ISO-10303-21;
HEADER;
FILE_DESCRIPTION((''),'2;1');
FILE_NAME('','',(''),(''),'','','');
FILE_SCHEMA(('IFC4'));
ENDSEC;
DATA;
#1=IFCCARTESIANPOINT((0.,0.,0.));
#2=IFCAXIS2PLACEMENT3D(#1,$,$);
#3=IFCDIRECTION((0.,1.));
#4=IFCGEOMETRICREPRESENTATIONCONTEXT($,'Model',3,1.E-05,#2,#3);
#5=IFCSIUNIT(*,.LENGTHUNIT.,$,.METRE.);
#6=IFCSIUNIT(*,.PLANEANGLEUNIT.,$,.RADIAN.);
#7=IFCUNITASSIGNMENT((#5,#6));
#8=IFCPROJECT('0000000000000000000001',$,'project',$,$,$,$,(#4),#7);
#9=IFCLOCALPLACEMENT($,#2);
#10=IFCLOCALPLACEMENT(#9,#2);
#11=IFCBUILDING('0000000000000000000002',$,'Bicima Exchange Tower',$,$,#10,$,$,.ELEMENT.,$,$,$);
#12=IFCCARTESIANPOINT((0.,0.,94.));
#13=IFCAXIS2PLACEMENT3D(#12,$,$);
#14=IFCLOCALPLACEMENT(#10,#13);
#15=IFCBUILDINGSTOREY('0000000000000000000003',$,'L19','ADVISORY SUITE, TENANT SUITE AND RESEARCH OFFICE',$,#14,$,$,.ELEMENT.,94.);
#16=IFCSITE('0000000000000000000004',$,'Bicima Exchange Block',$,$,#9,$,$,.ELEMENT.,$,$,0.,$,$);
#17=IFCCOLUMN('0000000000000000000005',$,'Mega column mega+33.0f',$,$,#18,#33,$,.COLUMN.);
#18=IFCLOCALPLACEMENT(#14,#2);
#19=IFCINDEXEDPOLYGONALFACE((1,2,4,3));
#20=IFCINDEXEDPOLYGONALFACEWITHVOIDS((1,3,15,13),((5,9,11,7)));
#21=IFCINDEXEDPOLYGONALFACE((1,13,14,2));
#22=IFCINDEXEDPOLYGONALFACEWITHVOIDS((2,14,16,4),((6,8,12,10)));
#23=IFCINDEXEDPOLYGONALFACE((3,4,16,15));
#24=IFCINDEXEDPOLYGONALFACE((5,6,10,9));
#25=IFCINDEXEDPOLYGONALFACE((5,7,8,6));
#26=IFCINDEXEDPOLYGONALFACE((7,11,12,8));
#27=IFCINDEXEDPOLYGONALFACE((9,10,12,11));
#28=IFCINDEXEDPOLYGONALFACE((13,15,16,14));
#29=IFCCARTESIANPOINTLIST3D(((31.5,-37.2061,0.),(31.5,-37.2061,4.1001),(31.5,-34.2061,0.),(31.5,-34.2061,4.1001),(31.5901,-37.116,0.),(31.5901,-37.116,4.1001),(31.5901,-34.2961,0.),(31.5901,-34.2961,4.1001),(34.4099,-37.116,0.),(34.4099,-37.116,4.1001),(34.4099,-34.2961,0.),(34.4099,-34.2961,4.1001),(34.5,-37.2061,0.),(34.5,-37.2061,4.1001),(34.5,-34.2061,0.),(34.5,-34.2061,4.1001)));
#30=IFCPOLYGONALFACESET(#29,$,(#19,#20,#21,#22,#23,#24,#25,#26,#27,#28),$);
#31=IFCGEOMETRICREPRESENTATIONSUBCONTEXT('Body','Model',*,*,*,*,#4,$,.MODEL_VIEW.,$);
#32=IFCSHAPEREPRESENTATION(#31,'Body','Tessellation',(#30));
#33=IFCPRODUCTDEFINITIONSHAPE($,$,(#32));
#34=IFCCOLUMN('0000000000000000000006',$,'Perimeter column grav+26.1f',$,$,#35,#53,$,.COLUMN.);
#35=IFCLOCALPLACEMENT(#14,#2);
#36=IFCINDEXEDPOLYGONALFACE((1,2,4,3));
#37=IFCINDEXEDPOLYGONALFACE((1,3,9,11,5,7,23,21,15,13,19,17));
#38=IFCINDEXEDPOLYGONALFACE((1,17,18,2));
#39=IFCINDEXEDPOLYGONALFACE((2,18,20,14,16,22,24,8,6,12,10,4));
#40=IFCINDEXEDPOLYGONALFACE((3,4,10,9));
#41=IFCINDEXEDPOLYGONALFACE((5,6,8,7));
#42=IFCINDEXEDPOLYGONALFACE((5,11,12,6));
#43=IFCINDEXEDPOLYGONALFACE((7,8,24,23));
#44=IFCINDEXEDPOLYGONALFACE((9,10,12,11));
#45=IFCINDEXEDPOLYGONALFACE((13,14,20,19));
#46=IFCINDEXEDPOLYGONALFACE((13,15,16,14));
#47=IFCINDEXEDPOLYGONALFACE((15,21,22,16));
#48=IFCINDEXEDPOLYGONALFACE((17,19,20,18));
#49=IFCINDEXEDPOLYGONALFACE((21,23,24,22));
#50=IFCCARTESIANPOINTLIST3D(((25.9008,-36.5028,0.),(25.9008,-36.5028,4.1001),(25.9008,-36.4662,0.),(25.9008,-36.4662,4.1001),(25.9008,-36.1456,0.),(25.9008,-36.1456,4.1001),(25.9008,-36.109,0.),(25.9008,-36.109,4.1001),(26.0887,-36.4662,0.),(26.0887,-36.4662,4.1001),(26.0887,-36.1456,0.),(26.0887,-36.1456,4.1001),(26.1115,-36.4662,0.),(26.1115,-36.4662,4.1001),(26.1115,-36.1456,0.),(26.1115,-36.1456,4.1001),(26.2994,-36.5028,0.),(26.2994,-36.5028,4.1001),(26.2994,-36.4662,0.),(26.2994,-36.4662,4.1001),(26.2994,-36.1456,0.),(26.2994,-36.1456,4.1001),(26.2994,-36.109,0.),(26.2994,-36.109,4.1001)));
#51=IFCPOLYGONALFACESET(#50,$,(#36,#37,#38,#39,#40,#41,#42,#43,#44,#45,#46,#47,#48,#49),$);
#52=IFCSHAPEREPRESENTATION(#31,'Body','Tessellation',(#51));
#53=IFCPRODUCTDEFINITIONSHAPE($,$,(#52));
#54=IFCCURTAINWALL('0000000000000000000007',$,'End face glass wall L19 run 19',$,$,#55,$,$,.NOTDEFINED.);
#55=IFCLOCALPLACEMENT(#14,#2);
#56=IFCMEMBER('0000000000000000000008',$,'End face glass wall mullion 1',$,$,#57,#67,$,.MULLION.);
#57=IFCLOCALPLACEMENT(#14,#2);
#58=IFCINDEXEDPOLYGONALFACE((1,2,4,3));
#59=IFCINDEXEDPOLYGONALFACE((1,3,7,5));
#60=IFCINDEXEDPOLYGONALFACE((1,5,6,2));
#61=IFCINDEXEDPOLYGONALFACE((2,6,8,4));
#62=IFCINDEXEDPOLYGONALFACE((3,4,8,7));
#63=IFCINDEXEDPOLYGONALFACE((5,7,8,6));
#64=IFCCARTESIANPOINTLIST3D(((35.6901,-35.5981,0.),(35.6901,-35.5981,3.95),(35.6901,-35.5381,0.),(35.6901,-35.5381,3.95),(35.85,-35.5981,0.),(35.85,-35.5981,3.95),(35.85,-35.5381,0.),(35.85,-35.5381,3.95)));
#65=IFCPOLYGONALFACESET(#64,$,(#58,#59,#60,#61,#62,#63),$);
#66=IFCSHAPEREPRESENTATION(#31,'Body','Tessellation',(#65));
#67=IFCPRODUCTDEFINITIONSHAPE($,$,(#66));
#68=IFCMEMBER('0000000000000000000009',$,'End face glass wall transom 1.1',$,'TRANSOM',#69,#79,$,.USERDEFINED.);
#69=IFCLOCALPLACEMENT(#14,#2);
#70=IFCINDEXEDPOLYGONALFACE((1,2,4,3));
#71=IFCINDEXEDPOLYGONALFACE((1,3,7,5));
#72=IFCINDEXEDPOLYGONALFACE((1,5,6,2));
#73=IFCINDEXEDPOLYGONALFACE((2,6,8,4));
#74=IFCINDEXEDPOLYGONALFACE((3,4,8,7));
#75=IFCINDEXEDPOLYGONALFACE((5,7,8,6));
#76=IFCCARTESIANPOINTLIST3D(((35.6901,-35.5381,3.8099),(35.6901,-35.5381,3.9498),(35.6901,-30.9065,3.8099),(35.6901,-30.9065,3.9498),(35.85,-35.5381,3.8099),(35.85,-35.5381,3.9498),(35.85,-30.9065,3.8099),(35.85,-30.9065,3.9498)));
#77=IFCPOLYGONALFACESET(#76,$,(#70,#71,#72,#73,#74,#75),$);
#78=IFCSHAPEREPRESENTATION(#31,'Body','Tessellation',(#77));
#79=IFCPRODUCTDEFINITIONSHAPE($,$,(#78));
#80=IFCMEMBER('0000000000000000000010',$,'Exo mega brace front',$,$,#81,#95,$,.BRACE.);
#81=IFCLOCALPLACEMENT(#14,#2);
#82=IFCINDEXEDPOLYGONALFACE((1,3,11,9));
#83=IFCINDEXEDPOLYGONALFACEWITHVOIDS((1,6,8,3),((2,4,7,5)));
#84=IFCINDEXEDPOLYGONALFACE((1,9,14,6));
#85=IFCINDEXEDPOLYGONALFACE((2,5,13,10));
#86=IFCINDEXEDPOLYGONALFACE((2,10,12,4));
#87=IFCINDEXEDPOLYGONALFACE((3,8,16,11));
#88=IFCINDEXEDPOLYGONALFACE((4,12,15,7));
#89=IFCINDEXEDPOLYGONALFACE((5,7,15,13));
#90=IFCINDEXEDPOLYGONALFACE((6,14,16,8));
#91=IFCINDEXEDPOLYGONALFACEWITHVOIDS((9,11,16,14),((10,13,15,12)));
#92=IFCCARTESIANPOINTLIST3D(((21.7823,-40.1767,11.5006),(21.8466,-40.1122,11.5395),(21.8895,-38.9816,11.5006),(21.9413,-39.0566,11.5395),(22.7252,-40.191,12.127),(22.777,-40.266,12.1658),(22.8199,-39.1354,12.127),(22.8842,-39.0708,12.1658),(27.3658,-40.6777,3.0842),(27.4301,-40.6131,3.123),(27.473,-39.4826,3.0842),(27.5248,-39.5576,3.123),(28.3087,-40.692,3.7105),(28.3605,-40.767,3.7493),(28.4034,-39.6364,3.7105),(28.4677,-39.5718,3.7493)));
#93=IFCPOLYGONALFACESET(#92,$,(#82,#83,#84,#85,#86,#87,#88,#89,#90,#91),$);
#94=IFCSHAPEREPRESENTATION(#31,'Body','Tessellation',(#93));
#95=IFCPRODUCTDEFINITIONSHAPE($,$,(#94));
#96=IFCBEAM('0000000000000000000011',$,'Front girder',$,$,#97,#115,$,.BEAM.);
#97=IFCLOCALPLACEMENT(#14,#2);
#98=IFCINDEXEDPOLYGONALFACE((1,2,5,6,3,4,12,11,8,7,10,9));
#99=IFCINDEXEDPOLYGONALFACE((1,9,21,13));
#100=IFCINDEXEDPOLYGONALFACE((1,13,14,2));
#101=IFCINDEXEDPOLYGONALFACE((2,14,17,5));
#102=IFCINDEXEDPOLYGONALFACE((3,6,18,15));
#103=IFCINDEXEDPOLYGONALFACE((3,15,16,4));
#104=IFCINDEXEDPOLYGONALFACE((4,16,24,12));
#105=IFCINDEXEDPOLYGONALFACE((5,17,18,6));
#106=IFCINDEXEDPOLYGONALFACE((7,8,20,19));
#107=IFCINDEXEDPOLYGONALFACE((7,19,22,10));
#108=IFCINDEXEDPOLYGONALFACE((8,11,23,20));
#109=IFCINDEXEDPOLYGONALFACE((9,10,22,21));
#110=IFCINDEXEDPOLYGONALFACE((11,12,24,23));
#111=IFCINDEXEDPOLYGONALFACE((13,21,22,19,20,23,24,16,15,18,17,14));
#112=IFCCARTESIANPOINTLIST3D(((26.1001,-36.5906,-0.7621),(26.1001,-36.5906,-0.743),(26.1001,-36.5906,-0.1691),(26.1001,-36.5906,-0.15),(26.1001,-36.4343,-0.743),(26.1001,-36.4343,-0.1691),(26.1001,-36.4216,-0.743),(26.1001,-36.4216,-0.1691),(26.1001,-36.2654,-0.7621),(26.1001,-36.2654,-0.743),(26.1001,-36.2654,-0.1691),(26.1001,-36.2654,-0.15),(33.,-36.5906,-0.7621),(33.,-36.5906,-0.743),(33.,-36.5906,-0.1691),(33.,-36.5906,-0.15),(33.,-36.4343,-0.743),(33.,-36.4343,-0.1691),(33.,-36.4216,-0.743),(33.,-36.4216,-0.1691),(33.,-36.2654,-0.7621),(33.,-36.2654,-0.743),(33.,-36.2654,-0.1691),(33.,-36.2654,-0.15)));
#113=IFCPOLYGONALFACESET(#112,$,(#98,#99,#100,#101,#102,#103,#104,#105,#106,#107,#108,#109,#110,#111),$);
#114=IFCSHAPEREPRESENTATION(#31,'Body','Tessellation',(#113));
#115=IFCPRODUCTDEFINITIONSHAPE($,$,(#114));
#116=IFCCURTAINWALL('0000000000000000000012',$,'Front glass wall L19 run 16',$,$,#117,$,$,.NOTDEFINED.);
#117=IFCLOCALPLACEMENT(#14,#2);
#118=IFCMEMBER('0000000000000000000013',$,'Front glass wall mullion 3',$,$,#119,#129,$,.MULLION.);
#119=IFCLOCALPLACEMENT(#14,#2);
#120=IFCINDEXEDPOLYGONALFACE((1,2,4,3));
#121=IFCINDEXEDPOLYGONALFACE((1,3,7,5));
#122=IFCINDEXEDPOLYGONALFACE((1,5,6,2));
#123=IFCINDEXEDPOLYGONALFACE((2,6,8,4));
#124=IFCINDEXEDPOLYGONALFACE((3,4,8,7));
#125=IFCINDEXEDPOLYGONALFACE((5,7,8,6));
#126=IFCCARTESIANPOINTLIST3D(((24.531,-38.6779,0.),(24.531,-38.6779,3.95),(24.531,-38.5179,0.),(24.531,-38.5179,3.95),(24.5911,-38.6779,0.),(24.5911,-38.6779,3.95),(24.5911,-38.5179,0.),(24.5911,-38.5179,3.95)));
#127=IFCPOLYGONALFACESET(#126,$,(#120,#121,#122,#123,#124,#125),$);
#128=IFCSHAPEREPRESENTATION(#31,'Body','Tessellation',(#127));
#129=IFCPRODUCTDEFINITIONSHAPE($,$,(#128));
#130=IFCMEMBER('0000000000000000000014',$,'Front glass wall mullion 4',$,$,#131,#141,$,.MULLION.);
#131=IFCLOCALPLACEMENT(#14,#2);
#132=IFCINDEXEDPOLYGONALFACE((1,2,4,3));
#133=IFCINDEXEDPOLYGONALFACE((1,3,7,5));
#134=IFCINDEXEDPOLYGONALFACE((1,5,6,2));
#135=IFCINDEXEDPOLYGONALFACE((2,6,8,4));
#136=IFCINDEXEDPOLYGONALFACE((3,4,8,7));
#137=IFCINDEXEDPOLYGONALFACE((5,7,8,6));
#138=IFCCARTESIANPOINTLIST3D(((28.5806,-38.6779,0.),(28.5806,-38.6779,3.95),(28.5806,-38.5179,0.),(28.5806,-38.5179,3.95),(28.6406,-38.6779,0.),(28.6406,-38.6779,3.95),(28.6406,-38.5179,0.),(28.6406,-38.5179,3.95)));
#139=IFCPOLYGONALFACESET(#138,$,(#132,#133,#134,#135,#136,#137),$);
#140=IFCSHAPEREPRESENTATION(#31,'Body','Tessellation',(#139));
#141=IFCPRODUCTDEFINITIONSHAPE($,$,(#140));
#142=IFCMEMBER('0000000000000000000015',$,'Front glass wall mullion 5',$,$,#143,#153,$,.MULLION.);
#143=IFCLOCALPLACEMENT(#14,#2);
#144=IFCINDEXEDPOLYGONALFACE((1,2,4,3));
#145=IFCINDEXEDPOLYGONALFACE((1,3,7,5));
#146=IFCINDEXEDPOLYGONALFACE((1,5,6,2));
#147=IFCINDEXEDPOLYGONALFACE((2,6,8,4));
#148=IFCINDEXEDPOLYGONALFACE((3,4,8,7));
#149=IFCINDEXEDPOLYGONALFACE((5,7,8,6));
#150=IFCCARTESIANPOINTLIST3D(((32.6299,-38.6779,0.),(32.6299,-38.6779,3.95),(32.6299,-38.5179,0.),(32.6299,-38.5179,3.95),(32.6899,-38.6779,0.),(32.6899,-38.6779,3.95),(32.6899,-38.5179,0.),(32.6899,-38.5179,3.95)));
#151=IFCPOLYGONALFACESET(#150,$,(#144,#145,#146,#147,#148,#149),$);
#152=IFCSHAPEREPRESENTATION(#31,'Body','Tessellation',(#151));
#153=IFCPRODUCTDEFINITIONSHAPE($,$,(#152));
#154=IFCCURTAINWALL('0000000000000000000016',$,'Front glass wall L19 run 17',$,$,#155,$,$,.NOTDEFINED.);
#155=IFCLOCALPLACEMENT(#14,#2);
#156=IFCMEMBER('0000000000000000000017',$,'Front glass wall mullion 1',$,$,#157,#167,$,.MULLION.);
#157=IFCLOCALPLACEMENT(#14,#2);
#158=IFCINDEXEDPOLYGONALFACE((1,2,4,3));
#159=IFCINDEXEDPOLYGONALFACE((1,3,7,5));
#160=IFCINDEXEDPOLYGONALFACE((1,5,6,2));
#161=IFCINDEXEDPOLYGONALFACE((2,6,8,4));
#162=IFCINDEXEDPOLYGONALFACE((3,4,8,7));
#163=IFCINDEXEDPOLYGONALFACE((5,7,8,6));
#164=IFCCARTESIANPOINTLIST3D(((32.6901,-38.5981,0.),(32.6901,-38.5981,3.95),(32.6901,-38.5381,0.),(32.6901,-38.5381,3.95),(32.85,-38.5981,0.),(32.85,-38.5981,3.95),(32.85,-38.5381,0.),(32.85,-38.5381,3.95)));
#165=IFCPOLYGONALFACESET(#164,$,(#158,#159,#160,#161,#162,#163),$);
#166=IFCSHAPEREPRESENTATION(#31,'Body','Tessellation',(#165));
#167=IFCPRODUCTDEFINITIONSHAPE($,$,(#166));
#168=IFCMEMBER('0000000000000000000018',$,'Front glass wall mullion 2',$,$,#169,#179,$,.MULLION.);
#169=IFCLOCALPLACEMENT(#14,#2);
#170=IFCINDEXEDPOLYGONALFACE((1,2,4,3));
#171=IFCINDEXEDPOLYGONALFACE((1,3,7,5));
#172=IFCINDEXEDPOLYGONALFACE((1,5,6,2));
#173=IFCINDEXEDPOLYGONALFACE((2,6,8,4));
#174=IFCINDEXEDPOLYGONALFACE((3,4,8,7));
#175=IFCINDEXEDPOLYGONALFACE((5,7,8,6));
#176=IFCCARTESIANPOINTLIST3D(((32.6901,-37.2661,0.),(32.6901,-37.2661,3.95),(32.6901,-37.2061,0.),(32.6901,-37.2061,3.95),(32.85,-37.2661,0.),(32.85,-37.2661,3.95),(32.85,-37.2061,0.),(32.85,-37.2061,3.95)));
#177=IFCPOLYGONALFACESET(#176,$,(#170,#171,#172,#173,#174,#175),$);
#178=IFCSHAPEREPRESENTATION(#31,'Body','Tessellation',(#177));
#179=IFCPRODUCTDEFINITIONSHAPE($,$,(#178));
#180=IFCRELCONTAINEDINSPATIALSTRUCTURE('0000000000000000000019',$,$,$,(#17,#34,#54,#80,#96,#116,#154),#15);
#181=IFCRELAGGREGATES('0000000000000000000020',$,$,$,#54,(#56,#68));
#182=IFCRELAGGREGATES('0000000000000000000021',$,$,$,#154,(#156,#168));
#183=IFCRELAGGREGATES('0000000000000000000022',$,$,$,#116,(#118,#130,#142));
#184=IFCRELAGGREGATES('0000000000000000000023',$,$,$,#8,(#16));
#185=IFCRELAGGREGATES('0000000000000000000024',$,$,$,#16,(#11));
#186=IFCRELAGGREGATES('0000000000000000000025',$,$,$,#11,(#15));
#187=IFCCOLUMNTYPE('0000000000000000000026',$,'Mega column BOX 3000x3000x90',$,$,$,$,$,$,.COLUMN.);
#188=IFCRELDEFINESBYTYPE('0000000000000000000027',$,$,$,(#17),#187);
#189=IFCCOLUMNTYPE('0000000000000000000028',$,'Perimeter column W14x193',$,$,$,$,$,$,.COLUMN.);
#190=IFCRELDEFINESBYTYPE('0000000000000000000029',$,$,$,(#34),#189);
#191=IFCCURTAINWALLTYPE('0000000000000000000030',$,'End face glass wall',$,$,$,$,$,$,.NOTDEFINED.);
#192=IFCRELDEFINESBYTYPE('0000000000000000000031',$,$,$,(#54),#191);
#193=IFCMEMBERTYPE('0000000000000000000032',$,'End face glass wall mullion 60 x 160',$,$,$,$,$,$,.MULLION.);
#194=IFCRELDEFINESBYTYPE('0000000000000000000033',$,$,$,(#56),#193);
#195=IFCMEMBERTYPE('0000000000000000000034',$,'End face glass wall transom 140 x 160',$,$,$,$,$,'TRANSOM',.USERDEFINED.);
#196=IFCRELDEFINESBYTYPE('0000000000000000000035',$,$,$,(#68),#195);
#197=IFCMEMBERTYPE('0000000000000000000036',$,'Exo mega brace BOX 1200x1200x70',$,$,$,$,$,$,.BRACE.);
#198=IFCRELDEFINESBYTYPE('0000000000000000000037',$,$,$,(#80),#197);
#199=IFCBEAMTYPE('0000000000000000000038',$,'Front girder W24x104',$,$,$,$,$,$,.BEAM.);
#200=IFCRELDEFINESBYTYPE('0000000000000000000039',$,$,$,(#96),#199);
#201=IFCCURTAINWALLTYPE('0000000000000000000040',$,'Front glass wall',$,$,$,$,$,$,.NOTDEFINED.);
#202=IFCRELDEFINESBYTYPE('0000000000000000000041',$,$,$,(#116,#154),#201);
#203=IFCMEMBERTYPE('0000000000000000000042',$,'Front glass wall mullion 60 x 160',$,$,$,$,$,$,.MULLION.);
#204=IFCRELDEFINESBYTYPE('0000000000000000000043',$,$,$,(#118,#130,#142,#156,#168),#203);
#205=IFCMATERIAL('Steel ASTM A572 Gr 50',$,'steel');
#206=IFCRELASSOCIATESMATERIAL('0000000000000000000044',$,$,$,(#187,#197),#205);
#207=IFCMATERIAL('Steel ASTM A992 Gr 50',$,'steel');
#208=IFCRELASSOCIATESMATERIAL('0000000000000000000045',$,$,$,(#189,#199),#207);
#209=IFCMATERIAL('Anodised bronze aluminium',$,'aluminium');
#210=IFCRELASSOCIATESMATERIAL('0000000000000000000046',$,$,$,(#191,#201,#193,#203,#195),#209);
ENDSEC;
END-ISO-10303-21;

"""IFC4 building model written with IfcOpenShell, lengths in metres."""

from ifc_helpers import new_model, si_unit, direction, frame, origin, origin_2d, place, context, subcontext, project, spatial, rectangle, hollow_rectangle, i_section, extrude, material, material_profile, profile_set, type_object, element, aggregate, save


model = new_model("IFC4")

# Units and contexts
model_context = context("Model", 3, precision=1e-05, world=origin(), true_north=direction((0.0, 1.0)))
body_context = subcontext(model_context, "Body", "Model", "MODEL_VIEW")
ifc_project = project(units=[si_unit("LENGTHUNIT", "METRE"), si_unit("PLANEANGLEUNIT", "RADIAN")], contexts=[model_context])

# Site, building, storey
site_placement = place(None, origin())
site = spatial("IfcSite", under=ifc_project, at=site_placement, Name="Bicima Exchange Block", CompositionType="ELEMENT", RefElevation=0.0)
building_placement = place(site_placement, origin())
building = spatial("IfcBuilding", under=site, at=building_placement, Name="Bicima Exchange Tower", CompositionType="ELEMENT")
storey_placement = place(building_placement, frame((0.0, 0.0, 94.0)))
storey = spatial("IfcBuildingStorey", under=building, at=storey_placement, Name="L19", Description="ADVISORY SUITE, TENANT SUITE AND RESEARCH OFFICE", CompositionType="ELEMENT", Elevation=94.0)

# Columns
ifc_material_1 = material(Name="Steel ASTM A572 Gr 50", Category="steel")
ifc_material_profile_1 = material_profile(ifc_material_1, hollow_rectangle(XDim=3.0, YDim=3.0, WallThickness=0.0901, at=origin_2d()))
ifc_profile_set_1 = profile_set([ifc_material_profile_1], Name="Steel ASTM A572 Gr 50")
column_type_1 = type_object("IfcColumnType", Name="Mega column BOX 3000x3000x90", PredefinedType="COLUMN", material=ifc_profile_set_1)
column_1_placement = place(storey_placement, frame((33.0, -35.7061, 0.0), z_axis=(0.0, 0.0, 1.0), x_axis=(1.0, 0.0, 0.0)))
element("IfcColumn", 1, at=column_1_placement, inside=storey, type_object=column_type_1, Name="Mega column mega+33.0f", PredefinedType="COLUMN", context=body_context, shape_type="SweptSolid", body=[
    extrude(hollow_rectangle(XDim=3.0, YDim=3.0, WallThickness=0.0901, at=origin_2d()), origin(), (0.0, 0.0, 1.0), 4.1001),
])
ifc_material_2 = material(Name="Steel ASTM A992 Gr 50", Category="steel")
ifc_material_profile_2 = material_profile(ifc_material_2, i_section(OverallWidth=0.3987, OverallDepth=0.3938, WebThickness=0.0227, FlangeThickness=0.0366, at=origin_2d()))
ifc_profile_set_2 = profile_set([ifc_material_profile_2], Name="Steel ASTM A992 Gr 50")
column_type_2 = type_object("IfcColumnType", Name="Perimeter column W14x193", PredefinedType="COLUMN", material=ifc_profile_set_2)
column_2_placement = place(storey_placement, frame((26.1001, -36.3059, 0.0), z_axis=(0.0, 0.0, 1.0), x_axis=(1.0, 0.0, 0.0)))
element("IfcColumn", 2, at=column_2_placement, inside=storey, type_object=column_type_2, Name="Perimeter column grav+26.1f", PredefinedType="COLUMN", context=body_context, shape_type="SweptSolid", body=[
    extrude(i_section(OverallWidth=0.3987, OverallDepth=0.3938, WebThickness=0.0227, FlangeThickness=0.0366, at=origin_2d()), origin(), (0.0, 0.0, 1.0), 4.1001),
])

# Curtain wall, members
ifc_material_3 = material(Name="Anodised bronze aluminium", Category="aluminium")
curtain_wall_type_1 = type_object("IfcCurtainWallType", Name="End face glass wall", PredefinedType="NOTDEFINED", material=ifc_material_3)
curtain_wall_1_placement = place(storey_placement, origin())
curtain_wall_1 = element("IfcCurtainWall", 3, at=curtain_wall_1_placement, inside=storey, type_object=curtain_wall_type_1, Name="End face glass wall L19 run 19", PredefinedType="NOTDEFINED")
ifc_material_profile_3 = material_profile(ifc_material_3, rectangle(XDim=0.1599, YDim=0.0601, at=origin_2d()))
ifc_profile_set_3 = profile_set([ifc_material_profile_3], Name="Anodised bronze aluminium")
member_type_1 = type_object("IfcMemberType", Name="End face glass wall mullion 60 x 160", PredefinedType="MULLION", material=ifc_profile_set_3)
member_1_placement = place(storey_placement, frame((35.77, -35.5681, 0.0), z_axis=(0.0, 0.0, 1.0), x_axis=(-1.0, 0.0, 0.0)))
member_1 = element("IfcMember", 4, at=member_1_placement, type_object=member_type_1, Name="End face glass wall mullion 1", PredefinedType="MULLION", context=body_context, shape_type="SweptSolid", body=[
    extrude(rectangle(XDim=0.1599, YDim=0.0601, at=origin_2d()), origin(), (0.0, 0.0, 1.0), 3.95),
])
ifc_material_profile_4 = material_profile(ifc_material_3, rectangle(XDim=0.1599, YDim=0.1399, at=origin_2d()))
ifc_profile_set_4 = profile_set([ifc_material_profile_4], Name="Anodised bronze aluminium")
member_type_2 = type_object("IfcMemberType", Name="End face glass wall transom 140 x 160", ElementType="TRANSOM", PredefinedType="USERDEFINED", material=ifc_profile_set_4)
member_2_placement = place(storey_placement, frame((35.77, -35.5381, 3.8799), z_axis=(0.0, 1.0, 0.0), x_axis=(-1.0, 0.0, 0.0)))
member_2 = element("IfcMember", 5, at=member_2_placement, type_object=member_type_2, Name="End face glass wall transom 1.1", ObjectType="TRANSOM", PredefinedType="USERDEFINED", context=body_context, shape_type="SweptSolid", body=[
    extrude(rectangle(XDim=0.1599, YDim=0.1399, at=origin_2d()), origin(), (0.0, 0.0, 1.0), 4.6316),
])
aggregate(curtain_wall_1, [member_1, member_2])

# Member
ifc_material_profile_5 = material_profile(ifc_material_1, hollow_rectangle(XDim=1.2, YDim=1.2, WallThickness=0.0701, at=origin_2d()))
ifc_profile_set_5 = profile_set([ifc_material_profile_5], Name="Steel ASTM A572 Gr 50")
member_type_3 = type_object("IfcMemberType", Name="Exo mega brace BOX 1200x1200x70", PredefinedType="BRACE", material=ifc_profile_set_5)
member_3_placement = place(storey_placement, frame((27.9167, -40.1248, 3.4167), z_axis=(-0.552135, 0.04954, 0.832282), x_axis=(-0.089366, -0.995999, 0.0)))
element("IfcMember", 6, at=member_3_placement, inside=storey, type_object=member_type_3, Name="Exo mega brace front", PredefinedType="BRACE", context=body_context, shape_type="SweptSolid", body=[
    extrude(hollow_rectangle(XDim=1.2, YDim=1.2, WallThickness=0.0701, at=origin_2d()), origin(), (0.0, 0.0, 1.0), 10.1125),
])

# Beam
ifc_material_profile_6 = material_profile(ifc_material_2, i_section(OverallWidth=0.3252, OverallDepth=0.6121, WebThickness=0.0127, FlangeThickness=0.019, at=origin_2d()))
ifc_profile_set_6 = profile_set([ifc_material_profile_6], Name="Steel ASTM A992 Gr 50")
beam_type = type_object("IfcBeamType", Name="Front girder W24x104", PredefinedType="BEAM", material=ifc_profile_set_6)
beam_placement = place(storey_placement, frame((26.1001, -36.428, -0.4561), z_axis=(1.0, 0.0, 0.0), x_axis=(0.0, 1.0, 0.0)))
element("IfcBeam", 7, at=beam_placement, inside=storey, type_object=beam_type, Name="Front girder", PredefinedType="BEAM", context=body_context, shape_type="SweptSolid", body=[
    extrude(i_section(OverallWidth=0.3252, OverallDepth=0.6121, WebThickness=0.0127, FlangeThickness=0.019, at=origin_2d()), origin(), (0.0, 0.0, 1.0), 6.8999),
])

# Curtain walls, members
curtain_wall_type_2 = type_object("IfcCurtainWallType", Name="Front glass wall", PredefinedType="NOTDEFINED", material=ifc_material_3)
curtain_wall_2_placement = place(storey_placement, origin())
curtain_wall_2 = element("IfcCurtainWall", 8, at=curtain_wall_2_placement, inside=storey, type_object=curtain_wall_type_2, Name="Front glass wall L19 run 16", PredefinedType="NOTDEFINED")
member_type_4 = type_object("IfcMemberType", Name="Front glass wall mullion 60 x 160", PredefinedType="MULLION", material=ifc_profile_set_3)
member_4_placement = place(storey_placement, frame((24.561, -38.5979, 0.0), z_axis=(0.0, 0.0, 1.0), x_axis=(0.0, 1.0, 0.0)))
member_4 = element("IfcMember", 9, at=member_4_placement, type_object=member_type_4, Name="Front glass wall mullion 3", PredefinedType="MULLION", context=body_context, shape_type="SweptSolid", body=[
    extrude(rectangle(XDim=0.1599, YDim=0.0601, at=origin_2d()), origin(), (0.0, 0.0, 1.0), 3.95),
])
member_5_placement = place(storey_placement, frame((28.6106, -38.5979, 0.0), z_axis=(0.0, 0.0, 1.0), x_axis=(0.0, 1.0, 0.0)))
member_5 = element("IfcMember", 10, at=member_5_placement, type_object=member_type_4, Name="Front glass wall mullion 4", PredefinedType="MULLION", context=body_context, shape_type="SweptSolid", body=[
    extrude(rectangle(XDim=0.1599, YDim=0.0601, at=origin_2d()), origin(), (0.0, 0.0, 1.0), 3.95),
])
member_6_placement = place(storey_placement, frame((32.6599, -38.5979, 0.0), z_axis=(0.0, 0.0, 1.0), x_axis=(0.0, 1.0, 0.0)))
member_6 = element("IfcMember", 11, at=member_6_placement, type_object=member_type_4, Name="Front glass wall mullion 5", PredefinedType="MULLION", context=body_context, shape_type="SweptSolid", body=[
    extrude(rectangle(XDim=0.1599, YDim=0.0601, at=origin_2d()), origin(), (0.0, 0.0, 1.0), 3.95),
])
curtain_wall_3_placement = place(storey_placement, origin())
curtain_wall_3 = element("IfcCurtainWall", 12, at=curtain_wall_3_placement, inside=storey, type_object=curtain_wall_type_2, Name="Front glass wall L19 run 17", PredefinedType="NOTDEFINED")
member_7_placement = place(storey_placement, frame((32.77, -38.5681, 0.0), z_axis=(0.0, 0.0, 1.0), x_axis=(-1.0, 0.0, 0.0)))
member_7 = element("IfcMember", 13, at=member_7_placement, type_object=member_type_4, Name="Front glass wall mullion 1", PredefinedType="MULLION", context=body_context, shape_type="SweptSolid", body=[
    extrude(rectangle(XDim=0.1599, YDim=0.0601, at=origin_2d()), origin(), (0.0, 0.0, 1.0), 3.95),
])
member_8_placement = place(storey_placement, frame((32.77, -37.2361, 0.0), z_axis=(0.0, 0.0, 1.0), x_axis=(-1.0, 0.0, 0.0)))
member_8 = element("IfcMember", 14, at=member_8_placement, type_object=member_type_4, Name="Front glass wall mullion 2", PredefinedType="MULLION", context=body_context, shape_type="SweptSolid", body=[
    extrude(rectangle(XDim=0.1599, YDim=0.0601, at=origin_2d()), origin(), (0.0, 0.0, 1.0), 3.95),
])

aggregate(curtain_wall_3, [member_7, member_8])
aggregate(curtain_wall_2, [member_4, member_5, member_6])

save(model, "model.ifc")
